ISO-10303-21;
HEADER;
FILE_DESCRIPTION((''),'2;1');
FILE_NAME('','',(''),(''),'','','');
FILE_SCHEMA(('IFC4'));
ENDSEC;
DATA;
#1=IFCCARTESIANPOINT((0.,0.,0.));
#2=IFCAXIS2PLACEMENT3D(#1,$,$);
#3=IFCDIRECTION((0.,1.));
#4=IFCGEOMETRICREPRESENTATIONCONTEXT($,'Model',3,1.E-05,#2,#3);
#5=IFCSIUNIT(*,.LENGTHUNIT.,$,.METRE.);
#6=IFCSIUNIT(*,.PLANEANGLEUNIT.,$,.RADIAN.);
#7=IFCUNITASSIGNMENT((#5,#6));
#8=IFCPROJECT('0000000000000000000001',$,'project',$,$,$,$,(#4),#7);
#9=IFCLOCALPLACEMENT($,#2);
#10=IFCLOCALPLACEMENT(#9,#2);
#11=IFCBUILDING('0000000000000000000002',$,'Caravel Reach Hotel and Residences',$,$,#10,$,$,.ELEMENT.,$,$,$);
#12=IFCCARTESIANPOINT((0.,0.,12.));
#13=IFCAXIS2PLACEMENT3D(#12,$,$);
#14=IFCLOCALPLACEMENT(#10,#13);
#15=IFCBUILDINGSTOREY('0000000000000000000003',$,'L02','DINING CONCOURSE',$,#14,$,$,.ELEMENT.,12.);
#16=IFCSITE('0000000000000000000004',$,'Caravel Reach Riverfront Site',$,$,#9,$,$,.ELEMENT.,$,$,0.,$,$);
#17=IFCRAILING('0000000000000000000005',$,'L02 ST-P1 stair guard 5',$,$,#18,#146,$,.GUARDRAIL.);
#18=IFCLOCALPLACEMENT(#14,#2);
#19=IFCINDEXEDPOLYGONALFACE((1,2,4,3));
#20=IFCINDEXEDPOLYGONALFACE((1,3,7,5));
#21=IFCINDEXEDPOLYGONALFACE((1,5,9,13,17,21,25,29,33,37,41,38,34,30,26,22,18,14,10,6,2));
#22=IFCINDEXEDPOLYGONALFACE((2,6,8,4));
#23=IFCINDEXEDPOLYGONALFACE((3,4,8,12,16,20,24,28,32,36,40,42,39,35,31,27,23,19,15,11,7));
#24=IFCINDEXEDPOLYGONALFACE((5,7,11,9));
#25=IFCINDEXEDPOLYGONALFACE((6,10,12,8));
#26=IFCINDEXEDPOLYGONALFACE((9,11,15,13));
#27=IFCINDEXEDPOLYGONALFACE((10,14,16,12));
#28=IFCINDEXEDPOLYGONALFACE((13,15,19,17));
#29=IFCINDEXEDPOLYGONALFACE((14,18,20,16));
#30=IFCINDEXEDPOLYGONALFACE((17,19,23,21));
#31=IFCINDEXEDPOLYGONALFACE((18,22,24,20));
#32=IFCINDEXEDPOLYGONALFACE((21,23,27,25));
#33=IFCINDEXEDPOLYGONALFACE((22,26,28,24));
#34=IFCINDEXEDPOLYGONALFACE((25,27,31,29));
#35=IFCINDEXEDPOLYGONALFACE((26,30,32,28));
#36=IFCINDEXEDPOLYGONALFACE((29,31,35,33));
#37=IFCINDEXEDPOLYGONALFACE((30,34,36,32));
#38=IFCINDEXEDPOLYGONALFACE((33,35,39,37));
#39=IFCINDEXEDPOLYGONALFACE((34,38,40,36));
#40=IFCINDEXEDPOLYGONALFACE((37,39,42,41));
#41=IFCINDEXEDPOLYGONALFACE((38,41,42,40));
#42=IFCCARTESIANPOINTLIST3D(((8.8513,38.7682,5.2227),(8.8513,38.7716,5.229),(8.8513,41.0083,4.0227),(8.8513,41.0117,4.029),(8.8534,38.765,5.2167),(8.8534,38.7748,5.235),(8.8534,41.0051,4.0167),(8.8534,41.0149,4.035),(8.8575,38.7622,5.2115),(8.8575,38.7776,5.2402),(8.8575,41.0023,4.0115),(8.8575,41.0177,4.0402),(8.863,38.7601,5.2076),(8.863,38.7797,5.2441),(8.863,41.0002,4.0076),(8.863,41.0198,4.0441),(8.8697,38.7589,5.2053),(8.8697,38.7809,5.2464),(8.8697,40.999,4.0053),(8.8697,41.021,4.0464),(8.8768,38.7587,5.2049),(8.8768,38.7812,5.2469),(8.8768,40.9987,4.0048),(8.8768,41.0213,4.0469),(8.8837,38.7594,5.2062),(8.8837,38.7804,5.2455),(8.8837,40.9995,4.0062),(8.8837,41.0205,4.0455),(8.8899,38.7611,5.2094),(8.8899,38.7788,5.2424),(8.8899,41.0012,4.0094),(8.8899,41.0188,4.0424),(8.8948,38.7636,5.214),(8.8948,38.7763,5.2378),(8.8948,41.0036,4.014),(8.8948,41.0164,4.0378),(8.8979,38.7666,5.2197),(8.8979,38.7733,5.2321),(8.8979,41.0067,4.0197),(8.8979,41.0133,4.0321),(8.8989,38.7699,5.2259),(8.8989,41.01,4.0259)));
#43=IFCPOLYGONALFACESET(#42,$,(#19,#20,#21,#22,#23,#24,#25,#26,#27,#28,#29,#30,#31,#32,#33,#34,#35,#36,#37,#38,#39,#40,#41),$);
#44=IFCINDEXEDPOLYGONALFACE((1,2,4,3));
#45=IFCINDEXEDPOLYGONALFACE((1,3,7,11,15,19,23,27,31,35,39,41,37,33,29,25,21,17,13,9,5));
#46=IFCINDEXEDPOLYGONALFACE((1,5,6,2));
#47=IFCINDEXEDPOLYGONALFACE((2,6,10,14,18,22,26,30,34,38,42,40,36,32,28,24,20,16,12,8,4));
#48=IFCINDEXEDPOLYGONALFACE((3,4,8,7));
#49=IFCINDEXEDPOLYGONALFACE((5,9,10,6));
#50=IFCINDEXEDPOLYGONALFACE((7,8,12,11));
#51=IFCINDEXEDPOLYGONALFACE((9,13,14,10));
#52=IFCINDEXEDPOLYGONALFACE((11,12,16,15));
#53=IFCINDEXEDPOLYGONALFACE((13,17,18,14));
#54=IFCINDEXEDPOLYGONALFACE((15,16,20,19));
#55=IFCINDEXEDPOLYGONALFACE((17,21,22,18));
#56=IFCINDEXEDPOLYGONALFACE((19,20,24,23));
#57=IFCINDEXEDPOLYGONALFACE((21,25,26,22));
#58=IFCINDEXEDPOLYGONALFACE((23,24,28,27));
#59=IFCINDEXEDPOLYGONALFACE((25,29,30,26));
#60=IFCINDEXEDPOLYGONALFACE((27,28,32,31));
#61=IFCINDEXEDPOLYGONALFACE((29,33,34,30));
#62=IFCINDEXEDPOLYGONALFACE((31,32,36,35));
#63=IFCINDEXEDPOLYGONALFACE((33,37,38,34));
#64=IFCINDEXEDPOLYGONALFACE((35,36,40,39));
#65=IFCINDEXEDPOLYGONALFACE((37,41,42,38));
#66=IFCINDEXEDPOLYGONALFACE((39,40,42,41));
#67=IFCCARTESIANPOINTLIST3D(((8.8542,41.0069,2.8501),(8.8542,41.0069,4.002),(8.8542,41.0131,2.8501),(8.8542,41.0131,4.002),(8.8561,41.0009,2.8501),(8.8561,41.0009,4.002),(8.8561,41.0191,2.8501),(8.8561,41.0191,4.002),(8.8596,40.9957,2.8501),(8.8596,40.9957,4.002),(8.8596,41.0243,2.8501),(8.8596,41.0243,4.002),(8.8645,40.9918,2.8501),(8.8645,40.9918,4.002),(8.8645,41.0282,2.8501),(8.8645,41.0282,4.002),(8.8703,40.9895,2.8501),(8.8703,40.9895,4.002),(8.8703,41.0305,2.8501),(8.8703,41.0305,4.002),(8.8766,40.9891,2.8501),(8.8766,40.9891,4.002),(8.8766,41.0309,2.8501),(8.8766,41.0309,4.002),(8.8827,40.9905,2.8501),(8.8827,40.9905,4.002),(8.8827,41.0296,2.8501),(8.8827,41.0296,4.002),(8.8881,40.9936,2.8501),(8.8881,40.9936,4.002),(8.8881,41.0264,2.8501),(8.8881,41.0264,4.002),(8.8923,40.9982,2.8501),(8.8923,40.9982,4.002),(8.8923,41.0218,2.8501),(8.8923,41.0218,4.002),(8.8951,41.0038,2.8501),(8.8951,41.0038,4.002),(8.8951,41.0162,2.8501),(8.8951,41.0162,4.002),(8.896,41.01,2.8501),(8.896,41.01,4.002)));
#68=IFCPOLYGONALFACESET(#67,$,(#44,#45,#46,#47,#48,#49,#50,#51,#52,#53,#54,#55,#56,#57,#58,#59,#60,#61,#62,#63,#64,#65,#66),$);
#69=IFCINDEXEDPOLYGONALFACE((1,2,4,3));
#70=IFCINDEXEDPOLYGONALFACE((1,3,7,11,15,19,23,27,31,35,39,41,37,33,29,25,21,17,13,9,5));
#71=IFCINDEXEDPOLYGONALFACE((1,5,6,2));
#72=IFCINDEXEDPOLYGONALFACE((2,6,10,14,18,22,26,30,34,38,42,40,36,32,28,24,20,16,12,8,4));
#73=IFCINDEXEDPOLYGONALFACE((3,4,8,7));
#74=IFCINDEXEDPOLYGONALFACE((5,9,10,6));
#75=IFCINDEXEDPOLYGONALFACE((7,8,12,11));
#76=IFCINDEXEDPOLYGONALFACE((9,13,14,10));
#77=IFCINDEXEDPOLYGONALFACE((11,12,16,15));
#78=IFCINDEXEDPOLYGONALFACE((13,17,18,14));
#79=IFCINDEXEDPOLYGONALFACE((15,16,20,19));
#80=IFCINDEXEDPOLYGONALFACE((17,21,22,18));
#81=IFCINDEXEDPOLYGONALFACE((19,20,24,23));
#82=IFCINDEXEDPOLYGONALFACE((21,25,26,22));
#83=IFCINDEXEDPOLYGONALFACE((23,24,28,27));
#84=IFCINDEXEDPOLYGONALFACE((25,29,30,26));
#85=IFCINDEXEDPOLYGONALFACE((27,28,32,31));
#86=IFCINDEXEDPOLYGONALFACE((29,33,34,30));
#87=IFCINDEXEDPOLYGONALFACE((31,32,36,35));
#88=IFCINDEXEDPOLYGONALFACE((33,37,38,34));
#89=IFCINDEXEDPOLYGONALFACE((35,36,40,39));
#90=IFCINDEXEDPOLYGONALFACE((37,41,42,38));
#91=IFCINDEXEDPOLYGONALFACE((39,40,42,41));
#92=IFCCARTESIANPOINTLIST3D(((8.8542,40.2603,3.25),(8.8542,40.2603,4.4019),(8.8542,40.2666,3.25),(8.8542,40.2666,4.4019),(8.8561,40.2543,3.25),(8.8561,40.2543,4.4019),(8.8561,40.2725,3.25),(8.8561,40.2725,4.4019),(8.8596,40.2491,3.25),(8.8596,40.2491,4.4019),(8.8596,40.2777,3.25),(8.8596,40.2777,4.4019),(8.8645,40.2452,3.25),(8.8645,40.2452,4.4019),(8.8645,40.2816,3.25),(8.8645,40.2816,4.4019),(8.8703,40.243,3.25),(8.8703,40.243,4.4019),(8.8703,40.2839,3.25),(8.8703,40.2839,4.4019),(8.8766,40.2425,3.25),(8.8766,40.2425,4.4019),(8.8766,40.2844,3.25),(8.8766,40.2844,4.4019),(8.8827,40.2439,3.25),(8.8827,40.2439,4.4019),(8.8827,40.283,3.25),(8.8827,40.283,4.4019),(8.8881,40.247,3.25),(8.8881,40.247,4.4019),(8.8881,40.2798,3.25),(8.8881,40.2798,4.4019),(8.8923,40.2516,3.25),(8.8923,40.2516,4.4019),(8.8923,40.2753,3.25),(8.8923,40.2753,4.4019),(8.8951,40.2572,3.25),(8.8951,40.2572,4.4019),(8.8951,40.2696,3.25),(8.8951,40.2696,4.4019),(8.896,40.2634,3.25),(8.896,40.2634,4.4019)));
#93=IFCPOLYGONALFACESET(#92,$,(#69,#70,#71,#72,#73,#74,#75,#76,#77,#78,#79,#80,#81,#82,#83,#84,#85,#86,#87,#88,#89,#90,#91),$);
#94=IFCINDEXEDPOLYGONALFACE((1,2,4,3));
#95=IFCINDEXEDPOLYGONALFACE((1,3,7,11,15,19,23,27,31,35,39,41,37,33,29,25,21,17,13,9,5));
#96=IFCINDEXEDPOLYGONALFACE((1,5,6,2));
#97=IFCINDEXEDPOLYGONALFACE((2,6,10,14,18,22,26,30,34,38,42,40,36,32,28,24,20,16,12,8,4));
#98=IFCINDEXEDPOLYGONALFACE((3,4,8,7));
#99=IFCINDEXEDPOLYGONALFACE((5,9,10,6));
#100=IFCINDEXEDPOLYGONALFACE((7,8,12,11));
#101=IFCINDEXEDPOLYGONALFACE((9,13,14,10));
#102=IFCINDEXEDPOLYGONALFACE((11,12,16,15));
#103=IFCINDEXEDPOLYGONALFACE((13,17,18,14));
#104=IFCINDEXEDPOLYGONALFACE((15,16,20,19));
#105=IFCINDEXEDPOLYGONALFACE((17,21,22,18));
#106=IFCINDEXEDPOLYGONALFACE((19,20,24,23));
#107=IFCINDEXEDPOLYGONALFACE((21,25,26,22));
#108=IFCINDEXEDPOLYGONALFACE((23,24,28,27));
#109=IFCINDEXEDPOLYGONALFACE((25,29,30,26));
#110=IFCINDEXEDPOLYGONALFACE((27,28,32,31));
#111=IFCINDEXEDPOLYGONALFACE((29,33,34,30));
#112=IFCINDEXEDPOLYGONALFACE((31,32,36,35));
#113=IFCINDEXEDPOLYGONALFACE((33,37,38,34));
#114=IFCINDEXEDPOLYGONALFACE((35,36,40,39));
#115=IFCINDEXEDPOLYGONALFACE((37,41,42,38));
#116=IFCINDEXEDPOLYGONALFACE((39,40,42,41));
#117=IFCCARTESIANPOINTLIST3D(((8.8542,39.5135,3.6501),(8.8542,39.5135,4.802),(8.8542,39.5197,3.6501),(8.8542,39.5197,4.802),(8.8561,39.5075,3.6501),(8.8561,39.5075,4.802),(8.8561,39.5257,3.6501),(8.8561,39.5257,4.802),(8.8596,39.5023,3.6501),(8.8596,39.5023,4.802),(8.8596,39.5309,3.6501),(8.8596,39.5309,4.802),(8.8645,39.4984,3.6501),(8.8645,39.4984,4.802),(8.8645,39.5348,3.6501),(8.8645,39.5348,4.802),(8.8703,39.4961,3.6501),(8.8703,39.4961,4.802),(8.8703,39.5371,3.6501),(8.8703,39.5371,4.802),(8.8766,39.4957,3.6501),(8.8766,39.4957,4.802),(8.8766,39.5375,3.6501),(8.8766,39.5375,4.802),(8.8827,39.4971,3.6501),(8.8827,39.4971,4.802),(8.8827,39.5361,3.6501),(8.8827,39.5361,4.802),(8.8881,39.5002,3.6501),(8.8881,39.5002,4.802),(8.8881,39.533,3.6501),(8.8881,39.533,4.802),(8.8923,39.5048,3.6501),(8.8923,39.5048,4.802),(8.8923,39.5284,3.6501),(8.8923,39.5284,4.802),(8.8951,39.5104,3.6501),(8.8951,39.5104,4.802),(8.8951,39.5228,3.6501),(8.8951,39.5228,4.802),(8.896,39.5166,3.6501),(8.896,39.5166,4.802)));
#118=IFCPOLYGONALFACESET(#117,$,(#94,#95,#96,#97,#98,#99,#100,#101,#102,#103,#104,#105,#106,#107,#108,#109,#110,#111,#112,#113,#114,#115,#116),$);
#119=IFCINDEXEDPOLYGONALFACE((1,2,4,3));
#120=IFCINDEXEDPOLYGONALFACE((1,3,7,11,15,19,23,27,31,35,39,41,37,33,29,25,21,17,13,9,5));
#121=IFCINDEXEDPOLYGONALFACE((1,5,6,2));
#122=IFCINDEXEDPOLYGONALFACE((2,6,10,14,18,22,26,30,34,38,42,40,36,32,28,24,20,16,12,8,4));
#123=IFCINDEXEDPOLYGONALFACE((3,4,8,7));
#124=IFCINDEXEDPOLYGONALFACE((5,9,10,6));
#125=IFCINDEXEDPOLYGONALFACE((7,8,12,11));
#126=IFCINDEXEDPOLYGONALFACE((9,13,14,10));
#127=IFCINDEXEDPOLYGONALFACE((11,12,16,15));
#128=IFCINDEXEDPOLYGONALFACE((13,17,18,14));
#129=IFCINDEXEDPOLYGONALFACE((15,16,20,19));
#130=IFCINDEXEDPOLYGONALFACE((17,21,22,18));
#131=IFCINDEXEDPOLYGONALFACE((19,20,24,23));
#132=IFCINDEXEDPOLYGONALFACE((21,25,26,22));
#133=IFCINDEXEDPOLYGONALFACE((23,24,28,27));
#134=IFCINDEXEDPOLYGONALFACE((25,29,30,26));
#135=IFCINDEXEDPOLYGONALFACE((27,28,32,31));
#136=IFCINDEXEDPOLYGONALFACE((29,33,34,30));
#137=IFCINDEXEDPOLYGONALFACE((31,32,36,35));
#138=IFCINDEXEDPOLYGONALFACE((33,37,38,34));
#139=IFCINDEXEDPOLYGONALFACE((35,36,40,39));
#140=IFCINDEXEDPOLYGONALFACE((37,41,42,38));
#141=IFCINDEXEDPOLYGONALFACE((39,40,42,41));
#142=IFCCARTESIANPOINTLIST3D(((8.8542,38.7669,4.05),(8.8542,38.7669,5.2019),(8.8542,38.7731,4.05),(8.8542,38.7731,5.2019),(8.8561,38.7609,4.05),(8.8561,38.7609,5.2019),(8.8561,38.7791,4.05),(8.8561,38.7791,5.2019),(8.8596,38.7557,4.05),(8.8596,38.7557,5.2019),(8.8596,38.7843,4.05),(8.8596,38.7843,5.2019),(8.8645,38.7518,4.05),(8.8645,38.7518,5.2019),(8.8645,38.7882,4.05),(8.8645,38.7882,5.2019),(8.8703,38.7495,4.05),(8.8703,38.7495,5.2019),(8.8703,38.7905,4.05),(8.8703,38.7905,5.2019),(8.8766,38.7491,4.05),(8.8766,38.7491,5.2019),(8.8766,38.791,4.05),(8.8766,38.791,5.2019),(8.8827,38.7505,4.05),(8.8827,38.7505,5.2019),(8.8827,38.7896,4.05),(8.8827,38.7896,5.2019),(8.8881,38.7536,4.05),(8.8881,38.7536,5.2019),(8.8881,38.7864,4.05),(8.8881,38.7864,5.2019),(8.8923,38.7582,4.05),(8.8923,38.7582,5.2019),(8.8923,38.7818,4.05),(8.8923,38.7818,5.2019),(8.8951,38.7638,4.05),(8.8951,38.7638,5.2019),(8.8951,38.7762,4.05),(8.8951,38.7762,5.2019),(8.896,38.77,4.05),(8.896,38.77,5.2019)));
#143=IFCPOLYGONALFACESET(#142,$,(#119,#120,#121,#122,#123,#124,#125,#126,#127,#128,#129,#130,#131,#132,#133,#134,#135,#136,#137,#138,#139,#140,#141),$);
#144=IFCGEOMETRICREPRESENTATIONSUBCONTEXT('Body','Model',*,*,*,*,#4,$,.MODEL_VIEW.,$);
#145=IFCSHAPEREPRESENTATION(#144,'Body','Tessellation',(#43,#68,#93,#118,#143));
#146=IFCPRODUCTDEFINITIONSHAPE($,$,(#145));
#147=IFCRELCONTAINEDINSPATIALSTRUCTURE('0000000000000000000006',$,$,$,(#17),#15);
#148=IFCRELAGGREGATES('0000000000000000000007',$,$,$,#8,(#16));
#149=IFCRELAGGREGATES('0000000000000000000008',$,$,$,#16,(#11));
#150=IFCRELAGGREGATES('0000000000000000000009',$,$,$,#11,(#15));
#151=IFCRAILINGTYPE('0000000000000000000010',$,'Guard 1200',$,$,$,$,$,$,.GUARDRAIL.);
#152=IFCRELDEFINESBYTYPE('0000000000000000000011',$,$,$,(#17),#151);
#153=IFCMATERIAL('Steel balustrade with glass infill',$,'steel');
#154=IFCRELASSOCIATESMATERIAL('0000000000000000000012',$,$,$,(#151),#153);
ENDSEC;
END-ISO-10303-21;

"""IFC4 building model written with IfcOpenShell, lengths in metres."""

from ifc_helpers import new_model, si_unit, direction, frame, origin, origin_2d, place, context, subcontext, project, spatial, circle, extrude, material, type_object, element, save


model = new_model("IFC4")

# Units and contexts
model_context = context("Model", 3, precision=1e-05, world=origin(), true_north=direction((0.0, 1.0)))
body_context = subcontext(model_context, "Body", "Model", "MODEL_VIEW")
ifc_project = project(units=[si_unit("LENGTHUNIT", "METRE"), si_unit("PLANEANGLEUNIT", "RADIAN")], contexts=[model_context])

# Site, building, storey
site_placement = place(None, origin())
site = spatial("IfcSite", under=ifc_project, at=site_placement, Name="Caravel Reach Riverfront Site", CompositionType="ELEMENT", RefElevation=0.0)
building_placement = place(site_placement, origin())
building = spatial("IfcBuilding", under=site, at=building_placement, Name="Caravel Reach Hotel and Residences", CompositionType="ELEMENT")
storey_placement = place(building_placement, frame((0.0, 0.0, 12.0)))
storey = spatial("IfcBuildingStorey", under=building, at=storey_placement, Name="L02", Description="DINING CONCOURSE", CompositionType="ELEMENT", Elevation=12.0)

# Railing
ifc_material_1 = material(Name="Steel balustrade with glass infill", Category="steel")
railing_type = type_object("IfcRailingType", Name="Guard 1200", PredefinedType="GUARDRAIL", material=ifc_material_1)
railing_1_placement = place(storey_placement, frame((8.875, 41.01, 2.8501)))
element("IfcRailing", 1, at=railing_1_placement, inside=storey, type_object=railing_type, Name="L02 ST-P1 stair guard 5", PredefinedType="GUARDRAIL", context=body_context, shape_type="SweptSolid", body=[
    extrude(circle(Radius=0.0239, at=origin_2d()), frame((0.0, 0.0, 1.1758), z_axis=(0.0, -0.881487, 0.472208), x_axis=(1.0, 0.0, 0.0)), (0.0, 0.0, 1.0), 2.5413),
    extrude(circle(Radius=0.021, at=origin_2d()), origin(), (0.0, 0.0, 1.0), 1.1519),
    extrude(circle(Radius=0.021, at=origin_2d()), frame((0.0, -0.7466, 0.3999)), (0.0, 0.0, 1.0), 1.1519),
    extrude(circle(Radius=0.021, at=origin_2d()), frame((0.0, -1.4934, 0.8)), (0.0, 0.0, 1.0), 1.1519),
    extrude(circle(Radius=0.021, at=origin_2d()), frame((0.0, -2.24, 1.2)), (0.0, 0.0, 1.0), 1.1519),
])

save(model, "model.ifc")
